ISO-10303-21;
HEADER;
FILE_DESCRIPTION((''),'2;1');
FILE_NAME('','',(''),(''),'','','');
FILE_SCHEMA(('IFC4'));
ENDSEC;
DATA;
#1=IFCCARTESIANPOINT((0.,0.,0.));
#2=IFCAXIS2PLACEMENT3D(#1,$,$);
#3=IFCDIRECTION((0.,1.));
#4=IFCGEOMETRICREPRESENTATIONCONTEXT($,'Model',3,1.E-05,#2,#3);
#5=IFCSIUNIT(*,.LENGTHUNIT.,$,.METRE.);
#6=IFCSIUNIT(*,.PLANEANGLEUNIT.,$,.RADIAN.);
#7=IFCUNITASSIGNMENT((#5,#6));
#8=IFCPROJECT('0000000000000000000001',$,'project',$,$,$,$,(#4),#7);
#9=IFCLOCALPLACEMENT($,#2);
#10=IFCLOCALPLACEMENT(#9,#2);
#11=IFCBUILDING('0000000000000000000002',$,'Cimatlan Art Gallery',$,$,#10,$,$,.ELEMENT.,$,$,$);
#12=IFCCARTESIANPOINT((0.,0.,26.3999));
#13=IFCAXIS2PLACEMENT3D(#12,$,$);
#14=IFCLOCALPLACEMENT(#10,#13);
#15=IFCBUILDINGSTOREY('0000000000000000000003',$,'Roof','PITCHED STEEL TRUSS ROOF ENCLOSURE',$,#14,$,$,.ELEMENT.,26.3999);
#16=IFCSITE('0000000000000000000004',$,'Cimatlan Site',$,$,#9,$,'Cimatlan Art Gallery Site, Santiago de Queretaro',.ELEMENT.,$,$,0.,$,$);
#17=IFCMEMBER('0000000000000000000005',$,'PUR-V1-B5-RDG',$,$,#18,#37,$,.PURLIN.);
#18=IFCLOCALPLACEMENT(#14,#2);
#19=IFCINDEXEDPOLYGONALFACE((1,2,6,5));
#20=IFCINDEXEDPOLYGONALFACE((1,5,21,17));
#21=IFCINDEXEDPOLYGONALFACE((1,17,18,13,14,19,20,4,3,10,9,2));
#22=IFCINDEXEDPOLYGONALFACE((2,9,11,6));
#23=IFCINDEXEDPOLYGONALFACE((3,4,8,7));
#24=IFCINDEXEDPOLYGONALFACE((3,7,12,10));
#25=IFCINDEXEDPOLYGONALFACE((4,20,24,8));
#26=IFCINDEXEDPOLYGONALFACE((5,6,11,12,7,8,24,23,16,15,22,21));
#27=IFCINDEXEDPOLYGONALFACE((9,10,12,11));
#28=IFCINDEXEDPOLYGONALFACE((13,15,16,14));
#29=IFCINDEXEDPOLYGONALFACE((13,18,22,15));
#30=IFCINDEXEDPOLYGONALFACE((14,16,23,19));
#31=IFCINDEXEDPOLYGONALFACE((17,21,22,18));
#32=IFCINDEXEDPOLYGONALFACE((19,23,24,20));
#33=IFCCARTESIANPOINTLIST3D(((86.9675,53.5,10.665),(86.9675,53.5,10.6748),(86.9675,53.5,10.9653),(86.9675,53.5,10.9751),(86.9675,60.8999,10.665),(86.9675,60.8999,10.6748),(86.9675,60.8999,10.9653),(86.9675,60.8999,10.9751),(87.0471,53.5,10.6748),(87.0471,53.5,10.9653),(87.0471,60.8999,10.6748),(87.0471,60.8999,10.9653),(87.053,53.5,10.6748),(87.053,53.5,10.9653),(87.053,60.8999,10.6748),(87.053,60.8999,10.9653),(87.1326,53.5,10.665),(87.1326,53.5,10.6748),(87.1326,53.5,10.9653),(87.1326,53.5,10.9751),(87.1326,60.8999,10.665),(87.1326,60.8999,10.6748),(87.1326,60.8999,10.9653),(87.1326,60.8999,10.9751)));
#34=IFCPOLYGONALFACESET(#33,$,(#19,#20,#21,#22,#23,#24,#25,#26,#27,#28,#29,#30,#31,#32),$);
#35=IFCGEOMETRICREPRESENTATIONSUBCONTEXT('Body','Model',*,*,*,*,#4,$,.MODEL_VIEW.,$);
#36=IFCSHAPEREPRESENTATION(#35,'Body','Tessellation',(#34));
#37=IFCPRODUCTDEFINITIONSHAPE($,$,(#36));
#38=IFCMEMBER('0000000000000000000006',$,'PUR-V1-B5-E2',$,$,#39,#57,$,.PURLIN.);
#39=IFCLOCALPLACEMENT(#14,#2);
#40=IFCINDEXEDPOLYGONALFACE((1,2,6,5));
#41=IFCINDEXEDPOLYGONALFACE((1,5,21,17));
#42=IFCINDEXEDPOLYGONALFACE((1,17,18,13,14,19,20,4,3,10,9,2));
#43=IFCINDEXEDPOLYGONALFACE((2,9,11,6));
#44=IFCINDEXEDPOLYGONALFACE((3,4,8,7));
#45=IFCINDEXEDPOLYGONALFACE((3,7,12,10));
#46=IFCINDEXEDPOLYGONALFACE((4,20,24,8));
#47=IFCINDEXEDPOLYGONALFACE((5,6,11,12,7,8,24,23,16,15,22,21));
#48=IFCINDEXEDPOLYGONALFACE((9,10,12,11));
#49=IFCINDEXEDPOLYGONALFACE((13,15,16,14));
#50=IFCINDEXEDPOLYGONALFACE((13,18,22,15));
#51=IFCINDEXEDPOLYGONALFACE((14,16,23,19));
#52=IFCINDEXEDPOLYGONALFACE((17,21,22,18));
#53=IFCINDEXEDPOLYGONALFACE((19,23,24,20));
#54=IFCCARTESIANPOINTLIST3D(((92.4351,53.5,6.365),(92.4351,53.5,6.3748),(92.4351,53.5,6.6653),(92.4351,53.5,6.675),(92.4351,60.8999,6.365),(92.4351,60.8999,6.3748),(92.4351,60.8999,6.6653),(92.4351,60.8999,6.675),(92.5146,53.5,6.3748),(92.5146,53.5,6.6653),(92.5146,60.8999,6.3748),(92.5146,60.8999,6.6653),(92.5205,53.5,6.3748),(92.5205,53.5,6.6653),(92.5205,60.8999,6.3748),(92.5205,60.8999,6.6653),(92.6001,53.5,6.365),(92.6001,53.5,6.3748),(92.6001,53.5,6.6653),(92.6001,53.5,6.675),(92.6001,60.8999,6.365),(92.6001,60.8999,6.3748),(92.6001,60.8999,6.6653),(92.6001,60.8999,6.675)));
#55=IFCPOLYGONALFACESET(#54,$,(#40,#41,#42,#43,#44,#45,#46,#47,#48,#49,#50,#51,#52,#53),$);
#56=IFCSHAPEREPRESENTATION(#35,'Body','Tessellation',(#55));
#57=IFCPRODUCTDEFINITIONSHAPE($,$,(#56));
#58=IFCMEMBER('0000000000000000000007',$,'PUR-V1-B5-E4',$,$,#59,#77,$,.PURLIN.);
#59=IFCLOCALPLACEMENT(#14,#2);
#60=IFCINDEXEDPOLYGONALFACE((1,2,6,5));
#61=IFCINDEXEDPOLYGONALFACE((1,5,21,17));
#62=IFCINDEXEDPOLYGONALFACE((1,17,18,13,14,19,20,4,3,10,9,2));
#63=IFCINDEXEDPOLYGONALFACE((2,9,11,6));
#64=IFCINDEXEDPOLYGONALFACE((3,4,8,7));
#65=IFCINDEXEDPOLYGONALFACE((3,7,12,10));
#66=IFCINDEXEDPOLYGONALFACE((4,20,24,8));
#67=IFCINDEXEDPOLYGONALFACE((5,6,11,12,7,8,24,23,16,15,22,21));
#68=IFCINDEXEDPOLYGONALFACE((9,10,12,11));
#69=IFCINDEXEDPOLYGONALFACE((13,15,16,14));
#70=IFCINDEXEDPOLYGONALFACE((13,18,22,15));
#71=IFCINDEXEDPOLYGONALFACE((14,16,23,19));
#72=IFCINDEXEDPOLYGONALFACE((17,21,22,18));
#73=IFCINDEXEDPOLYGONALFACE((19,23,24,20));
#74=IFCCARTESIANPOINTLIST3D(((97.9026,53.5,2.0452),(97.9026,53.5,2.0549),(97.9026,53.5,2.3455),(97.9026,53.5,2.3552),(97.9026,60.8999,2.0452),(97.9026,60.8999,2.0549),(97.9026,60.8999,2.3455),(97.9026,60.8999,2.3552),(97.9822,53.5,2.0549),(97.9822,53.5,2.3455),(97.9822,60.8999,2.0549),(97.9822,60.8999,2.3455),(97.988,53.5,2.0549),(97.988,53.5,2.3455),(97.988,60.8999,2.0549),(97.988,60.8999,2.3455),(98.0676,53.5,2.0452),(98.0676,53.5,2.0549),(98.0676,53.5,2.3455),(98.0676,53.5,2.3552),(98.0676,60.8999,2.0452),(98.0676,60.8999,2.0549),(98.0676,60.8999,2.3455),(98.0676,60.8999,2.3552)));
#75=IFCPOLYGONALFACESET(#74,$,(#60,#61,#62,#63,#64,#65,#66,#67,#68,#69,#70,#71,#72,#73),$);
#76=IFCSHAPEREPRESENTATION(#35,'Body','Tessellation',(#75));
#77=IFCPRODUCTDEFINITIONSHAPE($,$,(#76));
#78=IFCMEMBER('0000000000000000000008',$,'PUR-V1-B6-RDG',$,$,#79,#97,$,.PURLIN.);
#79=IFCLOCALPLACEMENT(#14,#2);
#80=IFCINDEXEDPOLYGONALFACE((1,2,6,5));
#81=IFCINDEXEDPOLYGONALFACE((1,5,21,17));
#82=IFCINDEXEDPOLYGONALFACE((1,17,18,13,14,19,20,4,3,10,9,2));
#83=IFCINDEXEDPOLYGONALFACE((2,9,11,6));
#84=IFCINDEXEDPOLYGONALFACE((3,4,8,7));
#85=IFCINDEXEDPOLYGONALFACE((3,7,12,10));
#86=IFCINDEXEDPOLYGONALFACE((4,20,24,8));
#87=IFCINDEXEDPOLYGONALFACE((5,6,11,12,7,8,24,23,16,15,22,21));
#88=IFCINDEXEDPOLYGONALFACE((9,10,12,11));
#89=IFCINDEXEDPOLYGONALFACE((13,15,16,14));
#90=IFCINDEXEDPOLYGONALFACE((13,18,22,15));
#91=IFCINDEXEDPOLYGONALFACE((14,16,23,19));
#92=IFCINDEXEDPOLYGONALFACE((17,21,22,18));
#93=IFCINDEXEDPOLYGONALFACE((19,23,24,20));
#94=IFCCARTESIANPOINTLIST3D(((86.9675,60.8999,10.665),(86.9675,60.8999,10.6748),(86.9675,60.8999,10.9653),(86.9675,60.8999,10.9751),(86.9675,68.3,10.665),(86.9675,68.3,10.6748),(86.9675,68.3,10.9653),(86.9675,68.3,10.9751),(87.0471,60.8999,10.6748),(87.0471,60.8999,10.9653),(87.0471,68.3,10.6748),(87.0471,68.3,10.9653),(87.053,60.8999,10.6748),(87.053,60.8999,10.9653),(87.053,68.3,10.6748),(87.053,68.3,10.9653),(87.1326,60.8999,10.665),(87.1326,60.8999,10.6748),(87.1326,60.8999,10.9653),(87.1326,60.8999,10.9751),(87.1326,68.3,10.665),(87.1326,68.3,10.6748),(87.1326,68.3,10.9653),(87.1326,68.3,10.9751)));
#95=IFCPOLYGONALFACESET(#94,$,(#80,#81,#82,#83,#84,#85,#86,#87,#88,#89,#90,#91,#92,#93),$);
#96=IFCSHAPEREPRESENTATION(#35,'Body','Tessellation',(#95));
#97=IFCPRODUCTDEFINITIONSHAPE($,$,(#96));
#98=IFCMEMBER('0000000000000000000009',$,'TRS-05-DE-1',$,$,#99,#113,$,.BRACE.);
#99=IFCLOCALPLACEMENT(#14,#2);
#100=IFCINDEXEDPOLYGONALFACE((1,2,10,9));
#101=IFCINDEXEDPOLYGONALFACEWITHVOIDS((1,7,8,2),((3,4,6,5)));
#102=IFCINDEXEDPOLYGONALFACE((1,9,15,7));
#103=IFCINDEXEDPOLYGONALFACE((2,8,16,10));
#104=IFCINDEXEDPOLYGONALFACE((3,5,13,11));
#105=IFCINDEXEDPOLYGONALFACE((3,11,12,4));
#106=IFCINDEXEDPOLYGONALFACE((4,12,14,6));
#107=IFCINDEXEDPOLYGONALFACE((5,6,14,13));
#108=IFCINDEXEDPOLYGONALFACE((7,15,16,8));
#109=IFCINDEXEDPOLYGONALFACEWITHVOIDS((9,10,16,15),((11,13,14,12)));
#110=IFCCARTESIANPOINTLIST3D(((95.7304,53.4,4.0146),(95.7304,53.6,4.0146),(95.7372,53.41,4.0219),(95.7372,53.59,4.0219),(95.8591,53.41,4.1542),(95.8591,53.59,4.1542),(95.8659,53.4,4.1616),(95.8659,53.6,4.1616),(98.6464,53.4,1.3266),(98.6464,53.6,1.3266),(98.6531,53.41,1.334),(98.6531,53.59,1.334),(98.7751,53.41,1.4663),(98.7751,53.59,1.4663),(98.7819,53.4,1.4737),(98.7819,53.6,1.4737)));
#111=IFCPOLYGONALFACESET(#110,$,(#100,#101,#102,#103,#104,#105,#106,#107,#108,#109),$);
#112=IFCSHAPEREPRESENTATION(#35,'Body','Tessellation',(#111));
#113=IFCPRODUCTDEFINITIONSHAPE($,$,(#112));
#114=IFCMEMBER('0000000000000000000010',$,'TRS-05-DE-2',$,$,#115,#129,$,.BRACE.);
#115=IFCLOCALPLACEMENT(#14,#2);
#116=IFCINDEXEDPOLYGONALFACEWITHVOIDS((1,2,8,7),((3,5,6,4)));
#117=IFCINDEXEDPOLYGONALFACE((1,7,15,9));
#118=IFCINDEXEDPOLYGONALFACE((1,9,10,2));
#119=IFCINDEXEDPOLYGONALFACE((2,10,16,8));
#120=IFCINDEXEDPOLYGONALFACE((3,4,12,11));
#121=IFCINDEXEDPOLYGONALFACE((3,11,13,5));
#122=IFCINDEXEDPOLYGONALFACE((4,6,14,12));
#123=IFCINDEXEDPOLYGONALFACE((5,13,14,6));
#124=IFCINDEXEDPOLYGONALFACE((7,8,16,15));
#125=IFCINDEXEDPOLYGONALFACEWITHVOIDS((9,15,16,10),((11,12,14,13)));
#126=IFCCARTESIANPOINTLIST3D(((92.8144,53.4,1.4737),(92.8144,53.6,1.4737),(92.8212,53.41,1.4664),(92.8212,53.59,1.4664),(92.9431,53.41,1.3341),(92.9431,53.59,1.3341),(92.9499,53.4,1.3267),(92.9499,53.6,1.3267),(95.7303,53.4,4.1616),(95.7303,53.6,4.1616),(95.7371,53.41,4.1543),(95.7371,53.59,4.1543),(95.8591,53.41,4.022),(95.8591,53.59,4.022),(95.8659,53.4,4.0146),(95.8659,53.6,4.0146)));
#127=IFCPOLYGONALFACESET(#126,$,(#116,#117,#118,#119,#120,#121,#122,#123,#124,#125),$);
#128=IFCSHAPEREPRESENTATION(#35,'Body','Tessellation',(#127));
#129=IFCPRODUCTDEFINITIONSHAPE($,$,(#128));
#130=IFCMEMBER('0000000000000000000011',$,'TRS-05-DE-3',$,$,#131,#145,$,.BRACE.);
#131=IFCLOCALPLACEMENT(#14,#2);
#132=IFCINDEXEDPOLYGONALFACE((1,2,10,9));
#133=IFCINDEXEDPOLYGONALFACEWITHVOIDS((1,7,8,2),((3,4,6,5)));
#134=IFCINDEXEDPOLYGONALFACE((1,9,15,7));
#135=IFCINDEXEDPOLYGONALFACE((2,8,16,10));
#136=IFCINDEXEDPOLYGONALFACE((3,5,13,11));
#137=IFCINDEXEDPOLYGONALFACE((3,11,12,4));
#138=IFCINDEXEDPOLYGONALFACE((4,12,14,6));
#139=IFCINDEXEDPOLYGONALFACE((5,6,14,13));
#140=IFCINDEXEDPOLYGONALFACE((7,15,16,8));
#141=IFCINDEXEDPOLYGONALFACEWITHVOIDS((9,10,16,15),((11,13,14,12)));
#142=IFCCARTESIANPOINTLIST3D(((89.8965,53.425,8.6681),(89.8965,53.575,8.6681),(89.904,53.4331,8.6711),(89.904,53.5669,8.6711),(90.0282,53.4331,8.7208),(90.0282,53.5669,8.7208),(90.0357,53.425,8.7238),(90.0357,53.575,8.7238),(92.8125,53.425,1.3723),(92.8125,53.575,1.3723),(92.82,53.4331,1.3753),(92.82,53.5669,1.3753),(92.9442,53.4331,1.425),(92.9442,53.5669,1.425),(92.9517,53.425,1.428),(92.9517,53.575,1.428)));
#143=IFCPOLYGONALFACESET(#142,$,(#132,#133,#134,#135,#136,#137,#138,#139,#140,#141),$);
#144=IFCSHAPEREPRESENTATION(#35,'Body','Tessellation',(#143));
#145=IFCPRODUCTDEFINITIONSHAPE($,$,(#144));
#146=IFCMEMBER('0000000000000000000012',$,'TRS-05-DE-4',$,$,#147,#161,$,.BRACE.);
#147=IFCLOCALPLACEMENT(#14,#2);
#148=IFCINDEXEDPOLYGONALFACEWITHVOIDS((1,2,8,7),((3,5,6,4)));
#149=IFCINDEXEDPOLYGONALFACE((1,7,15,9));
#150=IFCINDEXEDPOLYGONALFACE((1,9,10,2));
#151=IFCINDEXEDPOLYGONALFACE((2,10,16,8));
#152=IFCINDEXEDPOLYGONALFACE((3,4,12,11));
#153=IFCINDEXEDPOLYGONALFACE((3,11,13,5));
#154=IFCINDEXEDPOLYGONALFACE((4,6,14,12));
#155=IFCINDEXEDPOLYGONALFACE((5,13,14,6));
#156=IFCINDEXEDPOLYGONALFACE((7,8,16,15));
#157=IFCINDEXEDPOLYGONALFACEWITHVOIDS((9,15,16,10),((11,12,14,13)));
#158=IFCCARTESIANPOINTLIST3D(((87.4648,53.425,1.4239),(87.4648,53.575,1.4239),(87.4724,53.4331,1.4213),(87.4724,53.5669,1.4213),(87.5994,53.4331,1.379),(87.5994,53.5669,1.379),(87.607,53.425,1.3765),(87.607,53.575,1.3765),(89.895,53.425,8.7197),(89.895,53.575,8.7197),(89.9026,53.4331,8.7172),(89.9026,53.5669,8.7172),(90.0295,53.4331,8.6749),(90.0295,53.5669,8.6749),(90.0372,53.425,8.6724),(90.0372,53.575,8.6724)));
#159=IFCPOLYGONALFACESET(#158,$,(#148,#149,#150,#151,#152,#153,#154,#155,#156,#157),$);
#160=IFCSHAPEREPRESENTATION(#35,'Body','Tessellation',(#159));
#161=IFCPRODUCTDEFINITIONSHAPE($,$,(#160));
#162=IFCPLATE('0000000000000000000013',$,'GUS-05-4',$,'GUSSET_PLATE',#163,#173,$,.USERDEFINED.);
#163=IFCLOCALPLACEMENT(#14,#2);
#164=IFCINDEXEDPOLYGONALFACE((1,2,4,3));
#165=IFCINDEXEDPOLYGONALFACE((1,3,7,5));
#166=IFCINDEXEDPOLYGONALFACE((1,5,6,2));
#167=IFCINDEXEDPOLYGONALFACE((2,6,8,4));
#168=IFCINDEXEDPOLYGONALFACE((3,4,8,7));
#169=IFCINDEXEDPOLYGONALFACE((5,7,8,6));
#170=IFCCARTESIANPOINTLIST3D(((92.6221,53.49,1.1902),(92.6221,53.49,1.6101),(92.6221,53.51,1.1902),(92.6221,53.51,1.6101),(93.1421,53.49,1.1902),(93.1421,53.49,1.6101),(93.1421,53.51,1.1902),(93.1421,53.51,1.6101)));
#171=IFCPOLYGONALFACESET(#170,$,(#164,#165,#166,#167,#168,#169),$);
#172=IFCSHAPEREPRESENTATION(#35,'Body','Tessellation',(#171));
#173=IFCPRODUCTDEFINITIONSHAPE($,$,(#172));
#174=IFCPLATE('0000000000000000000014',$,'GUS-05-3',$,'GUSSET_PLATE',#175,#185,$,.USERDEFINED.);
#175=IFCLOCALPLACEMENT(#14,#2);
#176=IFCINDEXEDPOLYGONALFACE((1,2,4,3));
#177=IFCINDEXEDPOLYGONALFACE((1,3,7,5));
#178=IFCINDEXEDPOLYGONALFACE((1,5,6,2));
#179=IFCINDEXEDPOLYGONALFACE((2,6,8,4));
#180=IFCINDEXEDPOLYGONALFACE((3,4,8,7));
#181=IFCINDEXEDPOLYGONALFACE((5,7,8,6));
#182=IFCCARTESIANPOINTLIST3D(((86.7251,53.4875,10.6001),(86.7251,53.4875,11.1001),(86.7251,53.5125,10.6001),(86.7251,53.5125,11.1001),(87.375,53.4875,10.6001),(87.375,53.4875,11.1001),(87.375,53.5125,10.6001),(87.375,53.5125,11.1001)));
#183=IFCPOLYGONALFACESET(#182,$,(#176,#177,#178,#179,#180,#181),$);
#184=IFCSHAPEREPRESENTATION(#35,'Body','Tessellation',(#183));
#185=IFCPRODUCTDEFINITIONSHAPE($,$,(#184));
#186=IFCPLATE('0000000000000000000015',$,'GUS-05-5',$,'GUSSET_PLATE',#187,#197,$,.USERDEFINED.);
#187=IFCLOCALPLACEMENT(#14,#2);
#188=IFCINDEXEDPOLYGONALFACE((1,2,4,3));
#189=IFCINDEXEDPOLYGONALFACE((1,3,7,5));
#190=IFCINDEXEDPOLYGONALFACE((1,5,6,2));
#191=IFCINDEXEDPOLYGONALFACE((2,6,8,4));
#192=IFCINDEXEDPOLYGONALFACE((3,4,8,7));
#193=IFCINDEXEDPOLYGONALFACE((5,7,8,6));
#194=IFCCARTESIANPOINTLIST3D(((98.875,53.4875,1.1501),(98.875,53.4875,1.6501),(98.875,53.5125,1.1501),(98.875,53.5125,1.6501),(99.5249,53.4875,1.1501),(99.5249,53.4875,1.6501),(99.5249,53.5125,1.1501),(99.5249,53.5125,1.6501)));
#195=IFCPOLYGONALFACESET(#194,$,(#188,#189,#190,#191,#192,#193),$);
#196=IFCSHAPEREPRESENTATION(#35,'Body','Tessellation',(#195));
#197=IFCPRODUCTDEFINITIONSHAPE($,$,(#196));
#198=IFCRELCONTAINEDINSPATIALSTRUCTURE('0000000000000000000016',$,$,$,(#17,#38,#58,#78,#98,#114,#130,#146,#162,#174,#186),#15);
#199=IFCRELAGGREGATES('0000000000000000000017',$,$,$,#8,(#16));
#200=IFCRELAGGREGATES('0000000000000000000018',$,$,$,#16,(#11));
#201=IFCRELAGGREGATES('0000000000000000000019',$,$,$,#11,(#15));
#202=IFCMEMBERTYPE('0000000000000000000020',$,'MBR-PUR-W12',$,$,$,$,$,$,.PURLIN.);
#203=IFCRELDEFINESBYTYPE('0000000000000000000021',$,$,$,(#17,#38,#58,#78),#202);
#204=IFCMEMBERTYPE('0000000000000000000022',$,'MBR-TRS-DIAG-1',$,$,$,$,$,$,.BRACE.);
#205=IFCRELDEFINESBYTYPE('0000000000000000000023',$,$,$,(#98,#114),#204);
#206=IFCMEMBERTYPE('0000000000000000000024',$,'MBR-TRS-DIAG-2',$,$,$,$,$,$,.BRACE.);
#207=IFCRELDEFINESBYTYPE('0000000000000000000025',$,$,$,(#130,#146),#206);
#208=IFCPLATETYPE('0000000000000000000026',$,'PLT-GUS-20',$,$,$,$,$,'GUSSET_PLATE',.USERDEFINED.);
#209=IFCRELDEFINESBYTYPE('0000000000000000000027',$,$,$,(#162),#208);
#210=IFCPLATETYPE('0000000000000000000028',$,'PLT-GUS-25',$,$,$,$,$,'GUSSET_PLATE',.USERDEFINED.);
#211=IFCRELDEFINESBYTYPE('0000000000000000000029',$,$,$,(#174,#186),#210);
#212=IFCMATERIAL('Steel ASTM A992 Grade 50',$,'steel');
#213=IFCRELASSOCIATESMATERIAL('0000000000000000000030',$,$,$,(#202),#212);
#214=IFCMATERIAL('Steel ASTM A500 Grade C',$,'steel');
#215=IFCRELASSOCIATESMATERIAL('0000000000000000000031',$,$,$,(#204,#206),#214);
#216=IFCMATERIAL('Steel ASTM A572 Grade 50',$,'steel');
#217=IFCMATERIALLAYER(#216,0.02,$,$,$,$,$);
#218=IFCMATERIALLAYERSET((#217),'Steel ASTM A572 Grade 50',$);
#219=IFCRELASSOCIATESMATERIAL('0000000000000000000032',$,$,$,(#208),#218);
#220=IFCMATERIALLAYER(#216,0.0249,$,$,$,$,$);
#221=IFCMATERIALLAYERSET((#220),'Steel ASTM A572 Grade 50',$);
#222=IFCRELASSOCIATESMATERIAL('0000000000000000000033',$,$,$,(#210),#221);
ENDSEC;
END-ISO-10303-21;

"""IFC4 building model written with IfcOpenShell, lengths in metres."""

from ifc_helpers import new_model, si_unit, direction, frame, origin, origin_2d, place, context, subcontext, project, spatial, rectangle, hollow_rectangle, i_section, extrude, material, layer, layer_set, material_profile, profile_set, type_object, element, save


model = new_model("IFC4")

# Units and contexts
model_context = context("Model", 3, precision=1e-05, world=origin(), true_north=direction((0.0, 1.0)))
body_context = subcontext(model_context, "Body", "Model", "MODEL_VIEW")
ifc_project = project(units=[si_unit("LENGTHUNIT", "METRE"), si_unit("PLANEANGLEUNIT", "RADIAN")], contexts=[model_context])

# Site, building, storey
site_placement = place(None, origin())
site = spatial("IfcSite", under=ifc_project, at=site_placement, Name="Cimatlan Site", LongName="Cimatlan Art Gallery Site, Santiago de Queretaro", CompositionType="ELEMENT", RefElevation=0.0)
building_placement = place(site_placement, origin())
building = spatial("IfcBuilding", under=site, at=building_placement, Name="Cimatlan Art Gallery", CompositionType="ELEMENT")
storey_placement = place(building_placement, frame((0.0, 0.0, 26.3999)))
storey = spatial("IfcBuildingStorey", under=building, at=storey_placement, Name="Roof", Description="PITCHED STEEL TRUSS ROOF ENCLOSURE", CompositionType="ELEMENT", Elevation=26.3999)

# Shared definitions
ifc_material_1 = material(Name="Steel ASTM A992 Grade 50", Category="steel")

# Members
ifc_material_2 = material(Name="Steel ASTM A500 Grade C", Category="steel")
ifc_material_profile_1 = material_profile(ifc_material_1, i_section(OverallWidth=0.165, OverallDepth=0.3101, WebThickness=0.0059, FlangeThickness=0.0098, at=origin_2d()), Name="W12X26")
ifc_profile_set_1 = profile_set([ifc_material_profile_1], Name="Steel ASTM A992 Grade 50")
member_type_1 = type_object("IfcMemberType", Name="MBR-PUR-W12", PredefinedType="PURLIN", material=ifc_profile_set_1)
for number, where, z_axis, x_axis, name in (
    (1, (87.05, 53.5, 10.8201), (0.0, 1.0, 0.0), (-1.0, 0.0, 0.0), "PUR-V1-B5-RDG"),
    (2, (92.5176, 53.5, 6.52), (0.0, 1.0, 0.0), (-1.0, 0.0, 0.0), "PUR-V1-B5-E2"),
    (3, (97.9851, 53.5, 2.2002), (0.0, 1.0, 0.0), (-1.0, 0.0, 0.0), "PUR-V1-B5-E4"),
):
    element("IfcMember", number, at=place(storey_placement, frame(where, z_axis=z_axis, x_axis=x_axis)), inside=storey, type_object=member_type_1, Name=name, PredefinedType="PURLIN", context=body_context, shape_type="SweptSolid", body=[
        extrude(i_section(OverallWidth=0.165, OverallDepth=0.3101, WebThickness=0.0059, FlangeThickness=0.0098, at=origin_2d()), origin(), (0.0, 0.0, 1.0), 7.3999),
    ])
member_1_placement = place(storey_placement, frame((87.05, 60.8999, 10.8201), z_axis=(0.0, 1.0, 0.0), x_axis=(-1.0, 0.0, 0.0)))
element("IfcMember", 4, at=member_1_placement, inside=storey, type_object=member_type_1, Name="PUR-V1-B6-RDG", PredefinedType="PURLIN", context=body_context, shape_type="SweptSolid", body=[
    extrude(i_section(OverallWidth=0.165, OverallDepth=0.3101, WebThickness=0.0059, FlangeThickness=0.0098, at=origin_2d()), origin(), (0.0, 0.0, 1.0), 7.4001),
])
ifc_material_profile_2 = material_profile(ifc_material_2, hollow_rectangle(XDim=0.2, YDim=0.2, WallThickness=0.01, at=origin_2d()), Name="HSS200X200X10")
ifc_profile_set_2 = profile_set([ifc_material_profile_2], Name="Steel ASTM A500 Grade C")
member_type_2 = type_object("IfcMemberType", Name="MBR-TRS-DIAG-1", PredefinedType="BRACE", material=ifc_profile_set_2)
for number, where, z_axis, x_axis, name in (
    (5, (98.7141, 53.5, 1.4001), (-0.735271, 0.0, 0.677774), (0.0, -1.0, 0.0), "TRS-05-DE-1"),
    (6, (95.7981, 53.5, 4.0881), (-0.735271, 0.0, -0.677774), (0.0, -1.0, 0.0), "TRS-05-DE-2"),
):
    element("IfcMember", number, at=place(storey_placement, frame(where, z_axis=z_axis, x_axis=x_axis)), inside=storey, type_object=member_type_2, Name=name, PredefinedType="BRACE", context=body_context, shape_type="SweptSolid", body=[
        extrude(hollow_rectangle(XDim=0.2, YDim=0.2, WallThickness=0.01, at=origin_2d()), origin(), (0.0, 0.0, 1.0), 3.9658),
    ])
ifc_material_profile_3 = material_profile(ifc_material_2, hollow_rectangle(XDim=0.1499, YDim=0.1499, WallThickness=0.0081, at=origin_2d()), Name="HSS150X150X8")
ifc_profile_set_3 = profile_set([ifc_material_profile_3], Name="Steel ASTM A500 Grade C")
member_type_3 = type_object("IfcMemberType", Name="MBR-TRS-DIAG-2", PredefinedType="BRACE", material=ifc_profile_set_3)
member_2_placement = place(storey_placement, frame((92.8821, 53.5, 1.4001), z_axis=(-0.371134, 0.0, 0.92858), x_axis=(0.0, -1.0, 0.0)))
element("IfcMember", 7, at=member_2_placement, inside=storey, type_object=member_type_3, Name="TRS-05-DE-3", PredefinedType="BRACE", context=body_context, shape_type="SweptSolid", body=[
    extrude(hollow_rectangle(XDim=0.1499, YDim=0.1499, WallThickness=0.0081, at=origin_2d()), origin(), (0.0, 0.0, 1.0), 7.8569),
])
member_3_placement = place(storey_placement, frame((89.9661, 53.5, 8.696), z_axis=(-0.316018, 0.0, -0.948753), x_axis=(0.0, -1.0, 0.0)))
element("IfcMember", 8, at=member_3_placement, inside=storey, type_object=member_type_3, Name="TRS-05-DE-4", PredefinedType="BRACE", context=body_context, shape_type="SweptSolid", body=[
    extrude(hollow_rectangle(XDim=0.1499, YDim=0.1499, WallThickness=0.0081, at=origin_2d()), origin(), (0.0, 0.0, 1.0), 7.6899),
])

# Plates
ifc_material_3 = material(Name="Steel ASTM A572 Grade 50", Category="steel")
ifc_layer_1 = layer(ifc_material_3, 0.02)
ifc_layer_set_1 = layer_set([ifc_layer_1], Name="Steel ASTM A572 Grade 50")
plate_type_1 = type_object("IfcPlateType", Name="PLT-GUS-20", ElementType="GUSSET_PLATE", PredefinedType="USERDEFINED", material=ifc_layer_set_1)
plate_1_placement = place(storey_placement, frame((92.8821, 53.5, 1.1902), z_axis=(0.0, 0.0, 1.0), x_axis=(1.0, 0.0, 0.0)))
element("IfcPlate", 9, at=plate_1_placement, inside=storey, type_object=plate_type_1, Name="GUS-05-4", ObjectType="GUSSET_PLATE", PredefinedType="USERDEFINED", context=body_context, shape_type="SweptSolid", body=[
    extrude(rectangle(XDim=0.52, YDim=0.02, at=origin_2d()), origin(), (0.0, 0.0, 1.0), 0.4199),
])
ifc_layer_2 = layer(ifc_material_3, 0.0249)
ifc_layer_set_2 = layer_set([ifc_layer_2], Name="Steel ASTM A572 Grade 50")
plate_type_2 = type_object("IfcPlateType", Name="PLT-GUS-25", ElementType="GUSSET_PLATE", PredefinedType="USERDEFINED", material=ifc_layer_set_2)
for number, where, z_axis, x_axis, name in (
    (10, (87.05, 53.5, 10.6001), (0.0, 0.0, 1.0), (1.0, 0.0, 0.0), "GUS-05-3"),
    (11, (99.2, 53.5, 1.1501), (0.0, 0.0, 1.0), (1.0, 0.0, 0.0), "GUS-05-5"),
):
    element("IfcPlate", number, at=place(storey_placement, frame(where, z_axis=z_axis, x_axis=x_axis)), inside=storey, type_object=plate_type_2, Name=name, ObjectType="GUSSET_PLATE", PredefinedType="USERDEFINED", context=body_context, shape_type="SweptSolid", body=[
        extrude(rectangle(XDim=0.6499, YDim=0.0249, at=origin_2d()), origin(), (0.0, 0.0, 1.0), 0.5),
    ])

save(model, "model.ifc")
